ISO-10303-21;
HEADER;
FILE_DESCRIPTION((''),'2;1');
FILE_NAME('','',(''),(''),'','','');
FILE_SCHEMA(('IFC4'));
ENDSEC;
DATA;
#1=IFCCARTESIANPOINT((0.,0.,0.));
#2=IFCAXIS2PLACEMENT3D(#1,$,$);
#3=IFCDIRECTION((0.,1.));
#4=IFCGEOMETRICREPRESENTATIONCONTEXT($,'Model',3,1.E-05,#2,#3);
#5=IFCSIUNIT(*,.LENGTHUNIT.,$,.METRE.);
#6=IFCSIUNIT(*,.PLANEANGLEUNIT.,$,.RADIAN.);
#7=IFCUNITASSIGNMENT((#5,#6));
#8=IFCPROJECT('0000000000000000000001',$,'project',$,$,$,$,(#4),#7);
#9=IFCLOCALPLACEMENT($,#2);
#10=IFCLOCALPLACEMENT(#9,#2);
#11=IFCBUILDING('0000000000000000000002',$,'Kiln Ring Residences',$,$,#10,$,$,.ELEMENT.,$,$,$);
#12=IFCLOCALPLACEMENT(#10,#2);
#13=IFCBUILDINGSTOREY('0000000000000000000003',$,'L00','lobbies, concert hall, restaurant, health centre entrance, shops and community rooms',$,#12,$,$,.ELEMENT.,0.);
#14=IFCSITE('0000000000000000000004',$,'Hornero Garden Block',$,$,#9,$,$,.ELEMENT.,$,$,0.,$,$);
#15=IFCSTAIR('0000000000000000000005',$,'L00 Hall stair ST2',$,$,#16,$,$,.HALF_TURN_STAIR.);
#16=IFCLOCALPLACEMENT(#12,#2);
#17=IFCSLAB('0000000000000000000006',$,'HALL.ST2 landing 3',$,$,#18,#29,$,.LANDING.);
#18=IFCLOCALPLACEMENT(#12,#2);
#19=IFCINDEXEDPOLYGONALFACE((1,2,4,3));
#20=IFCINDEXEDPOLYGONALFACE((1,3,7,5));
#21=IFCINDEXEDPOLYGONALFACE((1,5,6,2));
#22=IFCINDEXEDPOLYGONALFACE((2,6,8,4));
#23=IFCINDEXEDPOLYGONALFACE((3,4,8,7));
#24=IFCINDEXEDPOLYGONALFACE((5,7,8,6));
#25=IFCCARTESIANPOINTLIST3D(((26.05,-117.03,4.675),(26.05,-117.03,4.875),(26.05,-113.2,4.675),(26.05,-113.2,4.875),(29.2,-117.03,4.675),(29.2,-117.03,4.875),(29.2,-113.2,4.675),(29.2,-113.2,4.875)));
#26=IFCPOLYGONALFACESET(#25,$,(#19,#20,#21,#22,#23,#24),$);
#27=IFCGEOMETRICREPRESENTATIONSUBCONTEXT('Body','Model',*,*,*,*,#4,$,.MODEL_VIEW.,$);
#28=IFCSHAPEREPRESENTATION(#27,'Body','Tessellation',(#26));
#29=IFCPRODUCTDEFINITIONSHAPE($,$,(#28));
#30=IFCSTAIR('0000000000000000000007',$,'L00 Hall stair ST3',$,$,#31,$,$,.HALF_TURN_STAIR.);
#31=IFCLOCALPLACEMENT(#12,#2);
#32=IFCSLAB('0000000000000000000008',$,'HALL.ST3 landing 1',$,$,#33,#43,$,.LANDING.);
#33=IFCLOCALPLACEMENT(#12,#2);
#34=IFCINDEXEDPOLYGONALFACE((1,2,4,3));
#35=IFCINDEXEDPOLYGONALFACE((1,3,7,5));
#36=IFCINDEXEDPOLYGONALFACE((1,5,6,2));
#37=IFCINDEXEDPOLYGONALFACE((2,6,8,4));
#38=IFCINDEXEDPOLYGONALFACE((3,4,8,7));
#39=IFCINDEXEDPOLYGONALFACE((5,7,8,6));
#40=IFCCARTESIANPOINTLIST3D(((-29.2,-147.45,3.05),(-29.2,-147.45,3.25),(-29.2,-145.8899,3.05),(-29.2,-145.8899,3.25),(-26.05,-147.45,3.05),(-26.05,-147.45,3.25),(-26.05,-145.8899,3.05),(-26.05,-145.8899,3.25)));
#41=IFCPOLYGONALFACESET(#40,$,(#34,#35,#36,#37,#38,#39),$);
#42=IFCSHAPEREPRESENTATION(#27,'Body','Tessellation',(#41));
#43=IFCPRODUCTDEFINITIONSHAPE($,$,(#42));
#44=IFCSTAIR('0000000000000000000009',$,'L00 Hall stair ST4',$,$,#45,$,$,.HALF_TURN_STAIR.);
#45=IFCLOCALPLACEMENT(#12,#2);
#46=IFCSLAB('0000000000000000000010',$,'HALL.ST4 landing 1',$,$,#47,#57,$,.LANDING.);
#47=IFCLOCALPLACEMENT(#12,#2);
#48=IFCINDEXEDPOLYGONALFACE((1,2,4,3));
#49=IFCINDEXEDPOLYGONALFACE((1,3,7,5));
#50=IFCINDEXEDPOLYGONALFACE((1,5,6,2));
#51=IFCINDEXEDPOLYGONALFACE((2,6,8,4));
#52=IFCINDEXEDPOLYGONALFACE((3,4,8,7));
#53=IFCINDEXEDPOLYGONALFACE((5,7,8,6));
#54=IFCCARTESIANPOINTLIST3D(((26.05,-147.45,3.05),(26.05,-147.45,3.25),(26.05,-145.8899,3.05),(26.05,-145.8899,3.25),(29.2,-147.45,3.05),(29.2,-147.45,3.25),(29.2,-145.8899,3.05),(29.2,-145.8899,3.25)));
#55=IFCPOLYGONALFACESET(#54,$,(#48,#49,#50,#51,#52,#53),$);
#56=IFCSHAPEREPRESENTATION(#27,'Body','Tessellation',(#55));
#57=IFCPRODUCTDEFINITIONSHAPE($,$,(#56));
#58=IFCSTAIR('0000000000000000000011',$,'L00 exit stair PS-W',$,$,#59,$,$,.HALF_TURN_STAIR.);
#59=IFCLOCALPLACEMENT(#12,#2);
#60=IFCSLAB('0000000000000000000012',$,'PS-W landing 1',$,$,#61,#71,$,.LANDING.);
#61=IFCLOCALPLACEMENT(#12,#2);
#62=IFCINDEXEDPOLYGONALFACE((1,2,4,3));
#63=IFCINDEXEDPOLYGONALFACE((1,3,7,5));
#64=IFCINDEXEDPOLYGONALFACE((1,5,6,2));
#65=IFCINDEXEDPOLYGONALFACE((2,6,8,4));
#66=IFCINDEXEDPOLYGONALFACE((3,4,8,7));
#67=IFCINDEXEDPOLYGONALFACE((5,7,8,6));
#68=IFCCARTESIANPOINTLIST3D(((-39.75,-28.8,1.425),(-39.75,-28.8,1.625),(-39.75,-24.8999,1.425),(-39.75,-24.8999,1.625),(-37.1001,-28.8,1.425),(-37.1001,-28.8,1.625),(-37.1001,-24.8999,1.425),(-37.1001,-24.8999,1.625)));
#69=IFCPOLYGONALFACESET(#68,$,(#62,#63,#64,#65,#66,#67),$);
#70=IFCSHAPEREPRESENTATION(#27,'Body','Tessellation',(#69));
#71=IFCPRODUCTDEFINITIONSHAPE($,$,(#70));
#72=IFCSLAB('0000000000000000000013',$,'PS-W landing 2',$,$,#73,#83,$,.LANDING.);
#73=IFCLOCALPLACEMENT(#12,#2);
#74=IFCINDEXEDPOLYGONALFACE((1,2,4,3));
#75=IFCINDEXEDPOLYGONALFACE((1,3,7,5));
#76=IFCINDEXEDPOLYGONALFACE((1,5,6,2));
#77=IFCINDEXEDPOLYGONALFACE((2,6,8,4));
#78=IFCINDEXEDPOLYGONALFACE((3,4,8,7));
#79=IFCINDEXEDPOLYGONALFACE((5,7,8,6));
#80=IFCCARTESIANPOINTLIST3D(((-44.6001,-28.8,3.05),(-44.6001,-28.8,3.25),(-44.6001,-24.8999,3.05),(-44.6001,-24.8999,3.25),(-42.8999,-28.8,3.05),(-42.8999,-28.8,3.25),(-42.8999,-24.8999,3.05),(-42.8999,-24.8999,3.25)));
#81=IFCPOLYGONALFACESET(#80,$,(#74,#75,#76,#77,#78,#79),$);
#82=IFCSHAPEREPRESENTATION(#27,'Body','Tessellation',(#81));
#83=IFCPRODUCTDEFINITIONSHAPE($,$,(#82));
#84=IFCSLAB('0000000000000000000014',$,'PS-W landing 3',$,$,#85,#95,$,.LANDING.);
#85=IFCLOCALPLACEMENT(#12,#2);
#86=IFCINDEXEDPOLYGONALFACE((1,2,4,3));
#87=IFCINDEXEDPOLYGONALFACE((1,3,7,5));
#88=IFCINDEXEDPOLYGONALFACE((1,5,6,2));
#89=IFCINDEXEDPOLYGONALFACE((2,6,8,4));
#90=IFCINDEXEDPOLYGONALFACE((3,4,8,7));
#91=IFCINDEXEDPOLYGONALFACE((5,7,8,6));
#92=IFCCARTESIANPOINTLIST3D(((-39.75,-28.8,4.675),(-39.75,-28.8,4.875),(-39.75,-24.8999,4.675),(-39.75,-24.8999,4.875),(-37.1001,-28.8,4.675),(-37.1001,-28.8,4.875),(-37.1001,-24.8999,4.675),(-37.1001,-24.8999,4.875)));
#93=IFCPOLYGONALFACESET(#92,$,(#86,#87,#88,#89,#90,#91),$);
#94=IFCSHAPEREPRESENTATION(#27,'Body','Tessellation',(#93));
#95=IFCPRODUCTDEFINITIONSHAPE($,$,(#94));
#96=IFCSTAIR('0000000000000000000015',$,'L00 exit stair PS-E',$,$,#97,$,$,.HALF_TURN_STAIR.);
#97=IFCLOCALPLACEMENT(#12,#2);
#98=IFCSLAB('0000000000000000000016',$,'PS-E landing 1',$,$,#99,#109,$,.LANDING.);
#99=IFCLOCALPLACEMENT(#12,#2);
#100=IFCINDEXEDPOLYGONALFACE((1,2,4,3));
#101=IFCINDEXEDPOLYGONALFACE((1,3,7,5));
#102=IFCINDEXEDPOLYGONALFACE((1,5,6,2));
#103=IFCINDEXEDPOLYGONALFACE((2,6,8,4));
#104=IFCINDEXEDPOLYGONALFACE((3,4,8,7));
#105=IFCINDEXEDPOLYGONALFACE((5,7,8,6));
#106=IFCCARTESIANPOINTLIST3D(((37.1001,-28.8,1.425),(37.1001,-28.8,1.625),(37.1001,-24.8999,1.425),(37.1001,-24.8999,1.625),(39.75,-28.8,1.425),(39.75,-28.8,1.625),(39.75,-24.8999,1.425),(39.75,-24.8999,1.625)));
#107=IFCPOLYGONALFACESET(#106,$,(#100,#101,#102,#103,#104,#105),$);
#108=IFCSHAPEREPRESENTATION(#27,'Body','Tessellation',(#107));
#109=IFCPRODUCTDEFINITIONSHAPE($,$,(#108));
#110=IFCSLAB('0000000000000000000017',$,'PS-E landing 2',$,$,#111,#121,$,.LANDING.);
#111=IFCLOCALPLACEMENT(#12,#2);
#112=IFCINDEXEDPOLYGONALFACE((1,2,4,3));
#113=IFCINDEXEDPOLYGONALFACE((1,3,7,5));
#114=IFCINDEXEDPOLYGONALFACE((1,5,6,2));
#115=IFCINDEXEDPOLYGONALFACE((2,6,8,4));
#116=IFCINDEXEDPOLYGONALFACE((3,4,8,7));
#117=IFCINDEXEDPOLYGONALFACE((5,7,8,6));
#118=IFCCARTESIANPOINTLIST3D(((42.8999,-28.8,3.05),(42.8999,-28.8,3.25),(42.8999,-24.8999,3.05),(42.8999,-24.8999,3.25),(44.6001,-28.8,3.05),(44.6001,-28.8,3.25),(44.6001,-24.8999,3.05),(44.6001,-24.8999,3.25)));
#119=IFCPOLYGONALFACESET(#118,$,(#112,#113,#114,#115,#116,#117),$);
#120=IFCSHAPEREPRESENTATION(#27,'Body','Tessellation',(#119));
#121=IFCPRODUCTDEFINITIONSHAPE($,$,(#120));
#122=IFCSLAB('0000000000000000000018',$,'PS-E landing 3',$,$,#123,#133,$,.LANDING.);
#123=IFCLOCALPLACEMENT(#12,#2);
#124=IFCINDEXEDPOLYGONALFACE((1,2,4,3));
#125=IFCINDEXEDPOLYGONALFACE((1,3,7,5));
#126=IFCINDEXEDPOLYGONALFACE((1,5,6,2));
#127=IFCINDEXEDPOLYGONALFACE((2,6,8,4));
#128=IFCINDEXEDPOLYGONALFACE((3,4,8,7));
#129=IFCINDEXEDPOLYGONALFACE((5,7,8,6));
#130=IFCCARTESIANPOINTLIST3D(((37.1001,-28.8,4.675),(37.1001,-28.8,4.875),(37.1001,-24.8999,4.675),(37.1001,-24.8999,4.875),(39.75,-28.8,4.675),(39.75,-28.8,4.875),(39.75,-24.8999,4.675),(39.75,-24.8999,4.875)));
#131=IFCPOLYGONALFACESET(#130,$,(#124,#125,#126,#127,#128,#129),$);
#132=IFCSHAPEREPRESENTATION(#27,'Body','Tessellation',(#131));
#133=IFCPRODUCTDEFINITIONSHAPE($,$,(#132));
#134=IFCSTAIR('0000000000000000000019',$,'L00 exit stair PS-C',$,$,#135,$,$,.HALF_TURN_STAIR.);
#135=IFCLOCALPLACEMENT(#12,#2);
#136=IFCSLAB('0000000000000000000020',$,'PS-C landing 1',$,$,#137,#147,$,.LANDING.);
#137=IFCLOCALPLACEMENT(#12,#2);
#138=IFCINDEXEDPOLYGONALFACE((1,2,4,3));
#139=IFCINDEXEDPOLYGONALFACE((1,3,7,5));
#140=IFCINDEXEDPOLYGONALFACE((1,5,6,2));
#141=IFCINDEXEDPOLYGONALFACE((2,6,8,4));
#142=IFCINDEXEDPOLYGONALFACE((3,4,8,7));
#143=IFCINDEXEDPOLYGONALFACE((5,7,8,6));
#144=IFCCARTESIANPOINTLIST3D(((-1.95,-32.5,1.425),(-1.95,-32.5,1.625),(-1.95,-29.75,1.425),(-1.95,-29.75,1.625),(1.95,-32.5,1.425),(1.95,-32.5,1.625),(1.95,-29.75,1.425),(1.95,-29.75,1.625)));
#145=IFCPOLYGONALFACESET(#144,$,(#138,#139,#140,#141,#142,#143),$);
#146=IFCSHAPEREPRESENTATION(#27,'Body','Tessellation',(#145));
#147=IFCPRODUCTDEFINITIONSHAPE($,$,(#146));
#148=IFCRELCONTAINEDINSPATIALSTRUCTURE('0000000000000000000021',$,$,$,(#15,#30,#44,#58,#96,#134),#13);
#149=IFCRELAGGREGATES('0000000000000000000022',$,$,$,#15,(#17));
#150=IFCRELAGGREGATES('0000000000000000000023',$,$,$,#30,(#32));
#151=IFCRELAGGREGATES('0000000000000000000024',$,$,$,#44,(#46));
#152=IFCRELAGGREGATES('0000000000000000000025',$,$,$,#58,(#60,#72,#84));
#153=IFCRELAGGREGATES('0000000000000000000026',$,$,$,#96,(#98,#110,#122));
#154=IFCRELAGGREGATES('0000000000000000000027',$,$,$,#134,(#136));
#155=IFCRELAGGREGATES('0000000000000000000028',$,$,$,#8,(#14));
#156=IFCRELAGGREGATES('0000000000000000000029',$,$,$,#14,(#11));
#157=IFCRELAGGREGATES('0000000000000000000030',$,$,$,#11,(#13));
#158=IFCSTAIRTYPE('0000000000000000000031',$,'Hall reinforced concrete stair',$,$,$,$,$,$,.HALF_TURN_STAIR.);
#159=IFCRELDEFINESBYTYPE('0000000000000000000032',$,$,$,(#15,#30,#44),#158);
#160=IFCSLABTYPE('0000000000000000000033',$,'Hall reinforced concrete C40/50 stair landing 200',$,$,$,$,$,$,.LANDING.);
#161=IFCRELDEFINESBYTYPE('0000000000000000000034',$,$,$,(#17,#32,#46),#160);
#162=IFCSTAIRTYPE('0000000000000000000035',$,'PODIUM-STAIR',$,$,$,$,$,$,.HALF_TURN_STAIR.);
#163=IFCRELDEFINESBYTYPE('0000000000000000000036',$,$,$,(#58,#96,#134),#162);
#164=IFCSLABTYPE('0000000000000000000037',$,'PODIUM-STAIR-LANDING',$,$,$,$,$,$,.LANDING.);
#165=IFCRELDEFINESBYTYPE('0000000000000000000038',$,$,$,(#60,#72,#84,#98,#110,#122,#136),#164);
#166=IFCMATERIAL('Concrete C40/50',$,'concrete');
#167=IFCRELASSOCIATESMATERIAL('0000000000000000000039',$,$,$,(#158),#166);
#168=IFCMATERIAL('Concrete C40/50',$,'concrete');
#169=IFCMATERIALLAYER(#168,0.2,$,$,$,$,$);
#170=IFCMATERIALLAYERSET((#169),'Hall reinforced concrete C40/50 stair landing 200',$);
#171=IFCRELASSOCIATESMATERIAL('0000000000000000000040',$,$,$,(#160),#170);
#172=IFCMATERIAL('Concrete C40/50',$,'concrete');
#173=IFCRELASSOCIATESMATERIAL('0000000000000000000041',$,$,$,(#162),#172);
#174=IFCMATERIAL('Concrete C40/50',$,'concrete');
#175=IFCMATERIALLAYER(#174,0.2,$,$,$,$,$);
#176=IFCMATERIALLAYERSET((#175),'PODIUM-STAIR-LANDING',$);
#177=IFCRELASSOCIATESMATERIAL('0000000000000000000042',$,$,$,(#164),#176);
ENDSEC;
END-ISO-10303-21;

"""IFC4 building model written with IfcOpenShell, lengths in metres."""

from ifc_helpers import new_model, si_unit, direction, frame, origin, place, context, subcontext, project, spatial, polyline, outline, extrude, material, layer, layer_set, type_object, element, aggregate, save


model = new_model("IFC4")

# Units and contexts
model_context = context("Model", 3, precision=1e-05, world=origin(), true_north=direction((0.0, 1.0)))
body_context = subcontext(model_context, "Body", "Model", "MODEL_VIEW")
ifc_project = project(units=[si_unit("LENGTHUNIT", "METRE"), si_unit("PLANEANGLEUNIT", "RADIAN")], contexts=[model_context])

# Site, building, storey
site_placement = place(None, origin())
site = spatial("IfcSite", under=ifc_project, at=site_placement, Name="Hornero Garden Block", CompositionType="ELEMENT", RefElevation=0.0)
building_placement = place(site_placement, origin())
building = spatial("IfcBuilding", under=site, at=building_placement, Name="Kiln Ring Residences", CompositionType="ELEMENT")
storey_placement = place(building_placement, origin())
storey = spatial("IfcBuildingStorey", under=building, at=storey_placement, Name="L00", Description="lobbies, concert hall, restaurant, health centre entrance, shops and community rooms", CompositionType="ELEMENT", Elevation=0.0)

# Stair, slab
placement_1 = place(storey_placement, origin())
placement_2 = place(storey_placement, frame((0.0, 0.0, 3.05)))
placement_3 = place(storey_placement, frame((0.0, 0.0, 4.675)))
placement_4 = place(storey_placement, frame((0.0, 0.0, 1.425)))
ifc_material_1 = material(Name="Concrete C40/50", Category="concrete")
stair_type_1 = type_object("IfcStairType", Name="Hall reinforced concrete stair", PredefinedType="HALF_TURN_STAIR", material=ifc_material_1)
ifc_material_2 = material(Name="Concrete C40/50", Category="concrete")
ifc_layer_1 = layer(ifc_material_2, 0.2)
ifc_layer_set_1 = layer_set([ifc_layer_1], Name="Hall reinforced concrete C40/50 stair landing 200")
slab_type_1 = type_object("IfcSlabType", Name="Hall reinforced concrete C40/50 stair landing 200", PredefinedType="LANDING", material=ifc_layer_set_1)
stair_1 = element("IfcStair", 1, at=placement_1, inside=storey, type_object=stair_type_1, Name="L00 Hall stair ST2", PredefinedType="HALF_TURN_STAIR")
slab_1 = element("IfcSlab", 2, at=placement_3, type_object=slab_type_1, Name="HALL.ST2 landing 3", PredefinedType="LANDING", context=body_context, shape_type="SweptSolid", body=[
    extrude(outline(polyline([(29.2, -117.03), (29.2, -113.2), (26.05, -113.2), (26.05, -117.03), (29.2, -117.03)])), origin(), (0.0, 0.0, 1.0), 0.2),
])
aggregate(stair_1, [slab_1])

# Stairs, slabs
stair_2 = element("IfcStair", 3, at=placement_1, inside=storey, type_object=stair_type_1, Name="L00 Hall stair ST3", PredefinedType="HALF_TURN_STAIR")
slab_2 = element("IfcSlab", 4, at=placement_2, type_object=slab_type_1, Name="HALL.ST3 landing 1", PredefinedType="LANDING", context=body_context, shape_type="SweptSolid", body=[
    extrude(outline(polyline([(-29.2, -145.8899), (-29.2, -147.45), (-26.05, -147.45), (-26.05, -145.8899), (-29.2, -145.8899)])), origin(), (0.0, 0.0, 1.0), 0.2),
])
aggregate(stair_2, [slab_2])
stair_3 = element("IfcStair", 5, at=placement_1, inside=storey, type_object=stair_type_1, Name="L00 Hall stair ST4", PredefinedType="HALF_TURN_STAIR")
slab_3 = element("IfcSlab", 6, at=placement_2, type_object=slab_type_1, Name="HALL.ST4 landing 1", PredefinedType="LANDING", context=body_context, shape_type="SweptSolid", body=[
    extrude(outline(polyline([(26.05, -145.8899), (26.05, -147.45), (29.2, -147.45), (29.2, -145.8899), (26.05, -145.8899)])), origin(), (0.0, 0.0, 1.0), 0.2),
])
aggregate(stair_3, [slab_3])

# Stairs, slabs
ifc_material_3 = material(Name="Concrete C40/50", Category="concrete")
stair_type_2 = type_object("IfcStairType", Name="PODIUM-STAIR", PredefinedType="HALF_TURN_STAIR", material=ifc_material_3)
stair_4 = element("IfcStair", 7, at=placement_1, inside=storey, type_object=stair_type_2, Name="L00 exit stair PS-W", PredefinedType="HALF_TURN_STAIR")
ifc_material_4 = material(Name="Concrete C40/50", Category="concrete")
ifc_layer_2 = layer(ifc_material_4, 0.2)
ifc_layer_set_2 = layer_set([ifc_layer_2], Name="PODIUM-STAIR-LANDING")
slab_type_2 = type_object("IfcSlabType", Name="PODIUM-STAIR-LANDING", PredefinedType="LANDING", material=ifc_layer_set_2)
slab_4 = element("IfcSlab", 8, at=placement_4, type_object=slab_type_2, Name="PS-W landing 1", PredefinedType="LANDING", context=body_context, shape_type="SweptSolid", body=[
    extrude(outline(polyline([(-39.75, -28.8), (-37.1001, -28.8), (-37.1001, -24.8999), (-39.75, -24.8999), (-39.75, -28.8)])), origin(), (0.0, 0.0, 1.0), 0.2),
])
slab_5 = element("IfcSlab", 9, at=placement_2, type_object=slab_type_2, Name="PS-W landing 2", PredefinedType="LANDING", context=body_context, shape_type="SweptSolid", body=[
    extrude(outline(polyline([(-44.6001, -28.8), (-42.8999, -28.8), (-42.8999, -24.8999), (-44.6001, -24.8999), (-44.6001, -28.8)])), origin(), (0.0, 0.0, 1.0), 0.2),
])
slab_6 = element("IfcSlab", 10, at=placement_3, type_object=slab_type_2, Name="PS-W landing 3", PredefinedType="LANDING", context=body_context, shape_type="SweptSolid", body=[
    extrude(outline(polyline([(-39.75, -28.8), (-37.1001, -28.8), (-37.1001, -24.8999), (-39.75, -24.8999), (-39.75, -28.8)])), origin(), (0.0, 0.0, 1.0), 0.2),
])
aggregate(stair_4, [slab_4, slab_5, slab_6])
stair_5 = element("IfcStair", 11, at=placement_1, inside=storey, type_object=stair_type_2, Name="L00 exit stair PS-E", PredefinedType="HALF_TURN_STAIR")
slab_7 = element("IfcSlab", 12, at=placement_4, type_object=slab_type_2, Name="PS-E landing 1", PredefinedType="LANDING", context=body_context, shape_type="SweptSolid", body=[
    extrude(outline(polyline([(39.75, -24.8999), (37.1001, -24.8999), (37.1001, -28.8), (39.75, -28.8), (39.75, -24.8999)])), origin(), (0.0, 0.0, 1.0), 0.2),
])
slab_8 = element("IfcSlab", 13, at=placement_2, type_object=slab_type_2, Name="PS-E landing 2", PredefinedType="LANDING", context=body_context, shape_type="SweptSolid", body=[
    extrude(outline(polyline([(44.6001, -24.8999), (42.8999, -24.8999), (42.8999, -28.8), (44.6001, -28.8), (44.6001, -24.8999)])), origin(), (0.0, 0.0, 1.0), 0.2),
])
slab_9 = element("IfcSlab", 14, at=placement_3, type_object=slab_type_2, Name="PS-E landing 3", PredefinedType="LANDING", context=body_context, shape_type="SweptSolid", body=[
    extrude(outline(polyline([(39.75, -24.8999), (37.1001, -24.8999), (37.1001, -28.8), (39.75, -28.8), (39.75, -24.8999)])), origin(), (0.0, 0.0, 1.0), 0.2),
])
aggregate(stair_5, [slab_7, slab_8, slab_9])

# Stair, slab
stair_6 = element("IfcStair", 15, at=placement_1, inside=storey, type_object=stair_type_2, Name="L00 exit stair PS-C", PredefinedType="HALF_TURN_STAIR")
slab_10 = element("IfcSlab", 16, at=placement_4, type_object=slab_type_2, Name="PS-C landing 1", PredefinedType="LANDING", context=body_context, shape_type="SweptSolid", body=[
    extrude(outline(polyline([(-1.95, -29.75), (-1.95, -32.5), (1.95, -32.5), (1.95, -29.75), (-1.95, -29.75)])), origin(), (0.0, 0.0, 1.0), 0.2),
])
aggregate(stair_6, [slab_10])

save(model, "model.ifc")
